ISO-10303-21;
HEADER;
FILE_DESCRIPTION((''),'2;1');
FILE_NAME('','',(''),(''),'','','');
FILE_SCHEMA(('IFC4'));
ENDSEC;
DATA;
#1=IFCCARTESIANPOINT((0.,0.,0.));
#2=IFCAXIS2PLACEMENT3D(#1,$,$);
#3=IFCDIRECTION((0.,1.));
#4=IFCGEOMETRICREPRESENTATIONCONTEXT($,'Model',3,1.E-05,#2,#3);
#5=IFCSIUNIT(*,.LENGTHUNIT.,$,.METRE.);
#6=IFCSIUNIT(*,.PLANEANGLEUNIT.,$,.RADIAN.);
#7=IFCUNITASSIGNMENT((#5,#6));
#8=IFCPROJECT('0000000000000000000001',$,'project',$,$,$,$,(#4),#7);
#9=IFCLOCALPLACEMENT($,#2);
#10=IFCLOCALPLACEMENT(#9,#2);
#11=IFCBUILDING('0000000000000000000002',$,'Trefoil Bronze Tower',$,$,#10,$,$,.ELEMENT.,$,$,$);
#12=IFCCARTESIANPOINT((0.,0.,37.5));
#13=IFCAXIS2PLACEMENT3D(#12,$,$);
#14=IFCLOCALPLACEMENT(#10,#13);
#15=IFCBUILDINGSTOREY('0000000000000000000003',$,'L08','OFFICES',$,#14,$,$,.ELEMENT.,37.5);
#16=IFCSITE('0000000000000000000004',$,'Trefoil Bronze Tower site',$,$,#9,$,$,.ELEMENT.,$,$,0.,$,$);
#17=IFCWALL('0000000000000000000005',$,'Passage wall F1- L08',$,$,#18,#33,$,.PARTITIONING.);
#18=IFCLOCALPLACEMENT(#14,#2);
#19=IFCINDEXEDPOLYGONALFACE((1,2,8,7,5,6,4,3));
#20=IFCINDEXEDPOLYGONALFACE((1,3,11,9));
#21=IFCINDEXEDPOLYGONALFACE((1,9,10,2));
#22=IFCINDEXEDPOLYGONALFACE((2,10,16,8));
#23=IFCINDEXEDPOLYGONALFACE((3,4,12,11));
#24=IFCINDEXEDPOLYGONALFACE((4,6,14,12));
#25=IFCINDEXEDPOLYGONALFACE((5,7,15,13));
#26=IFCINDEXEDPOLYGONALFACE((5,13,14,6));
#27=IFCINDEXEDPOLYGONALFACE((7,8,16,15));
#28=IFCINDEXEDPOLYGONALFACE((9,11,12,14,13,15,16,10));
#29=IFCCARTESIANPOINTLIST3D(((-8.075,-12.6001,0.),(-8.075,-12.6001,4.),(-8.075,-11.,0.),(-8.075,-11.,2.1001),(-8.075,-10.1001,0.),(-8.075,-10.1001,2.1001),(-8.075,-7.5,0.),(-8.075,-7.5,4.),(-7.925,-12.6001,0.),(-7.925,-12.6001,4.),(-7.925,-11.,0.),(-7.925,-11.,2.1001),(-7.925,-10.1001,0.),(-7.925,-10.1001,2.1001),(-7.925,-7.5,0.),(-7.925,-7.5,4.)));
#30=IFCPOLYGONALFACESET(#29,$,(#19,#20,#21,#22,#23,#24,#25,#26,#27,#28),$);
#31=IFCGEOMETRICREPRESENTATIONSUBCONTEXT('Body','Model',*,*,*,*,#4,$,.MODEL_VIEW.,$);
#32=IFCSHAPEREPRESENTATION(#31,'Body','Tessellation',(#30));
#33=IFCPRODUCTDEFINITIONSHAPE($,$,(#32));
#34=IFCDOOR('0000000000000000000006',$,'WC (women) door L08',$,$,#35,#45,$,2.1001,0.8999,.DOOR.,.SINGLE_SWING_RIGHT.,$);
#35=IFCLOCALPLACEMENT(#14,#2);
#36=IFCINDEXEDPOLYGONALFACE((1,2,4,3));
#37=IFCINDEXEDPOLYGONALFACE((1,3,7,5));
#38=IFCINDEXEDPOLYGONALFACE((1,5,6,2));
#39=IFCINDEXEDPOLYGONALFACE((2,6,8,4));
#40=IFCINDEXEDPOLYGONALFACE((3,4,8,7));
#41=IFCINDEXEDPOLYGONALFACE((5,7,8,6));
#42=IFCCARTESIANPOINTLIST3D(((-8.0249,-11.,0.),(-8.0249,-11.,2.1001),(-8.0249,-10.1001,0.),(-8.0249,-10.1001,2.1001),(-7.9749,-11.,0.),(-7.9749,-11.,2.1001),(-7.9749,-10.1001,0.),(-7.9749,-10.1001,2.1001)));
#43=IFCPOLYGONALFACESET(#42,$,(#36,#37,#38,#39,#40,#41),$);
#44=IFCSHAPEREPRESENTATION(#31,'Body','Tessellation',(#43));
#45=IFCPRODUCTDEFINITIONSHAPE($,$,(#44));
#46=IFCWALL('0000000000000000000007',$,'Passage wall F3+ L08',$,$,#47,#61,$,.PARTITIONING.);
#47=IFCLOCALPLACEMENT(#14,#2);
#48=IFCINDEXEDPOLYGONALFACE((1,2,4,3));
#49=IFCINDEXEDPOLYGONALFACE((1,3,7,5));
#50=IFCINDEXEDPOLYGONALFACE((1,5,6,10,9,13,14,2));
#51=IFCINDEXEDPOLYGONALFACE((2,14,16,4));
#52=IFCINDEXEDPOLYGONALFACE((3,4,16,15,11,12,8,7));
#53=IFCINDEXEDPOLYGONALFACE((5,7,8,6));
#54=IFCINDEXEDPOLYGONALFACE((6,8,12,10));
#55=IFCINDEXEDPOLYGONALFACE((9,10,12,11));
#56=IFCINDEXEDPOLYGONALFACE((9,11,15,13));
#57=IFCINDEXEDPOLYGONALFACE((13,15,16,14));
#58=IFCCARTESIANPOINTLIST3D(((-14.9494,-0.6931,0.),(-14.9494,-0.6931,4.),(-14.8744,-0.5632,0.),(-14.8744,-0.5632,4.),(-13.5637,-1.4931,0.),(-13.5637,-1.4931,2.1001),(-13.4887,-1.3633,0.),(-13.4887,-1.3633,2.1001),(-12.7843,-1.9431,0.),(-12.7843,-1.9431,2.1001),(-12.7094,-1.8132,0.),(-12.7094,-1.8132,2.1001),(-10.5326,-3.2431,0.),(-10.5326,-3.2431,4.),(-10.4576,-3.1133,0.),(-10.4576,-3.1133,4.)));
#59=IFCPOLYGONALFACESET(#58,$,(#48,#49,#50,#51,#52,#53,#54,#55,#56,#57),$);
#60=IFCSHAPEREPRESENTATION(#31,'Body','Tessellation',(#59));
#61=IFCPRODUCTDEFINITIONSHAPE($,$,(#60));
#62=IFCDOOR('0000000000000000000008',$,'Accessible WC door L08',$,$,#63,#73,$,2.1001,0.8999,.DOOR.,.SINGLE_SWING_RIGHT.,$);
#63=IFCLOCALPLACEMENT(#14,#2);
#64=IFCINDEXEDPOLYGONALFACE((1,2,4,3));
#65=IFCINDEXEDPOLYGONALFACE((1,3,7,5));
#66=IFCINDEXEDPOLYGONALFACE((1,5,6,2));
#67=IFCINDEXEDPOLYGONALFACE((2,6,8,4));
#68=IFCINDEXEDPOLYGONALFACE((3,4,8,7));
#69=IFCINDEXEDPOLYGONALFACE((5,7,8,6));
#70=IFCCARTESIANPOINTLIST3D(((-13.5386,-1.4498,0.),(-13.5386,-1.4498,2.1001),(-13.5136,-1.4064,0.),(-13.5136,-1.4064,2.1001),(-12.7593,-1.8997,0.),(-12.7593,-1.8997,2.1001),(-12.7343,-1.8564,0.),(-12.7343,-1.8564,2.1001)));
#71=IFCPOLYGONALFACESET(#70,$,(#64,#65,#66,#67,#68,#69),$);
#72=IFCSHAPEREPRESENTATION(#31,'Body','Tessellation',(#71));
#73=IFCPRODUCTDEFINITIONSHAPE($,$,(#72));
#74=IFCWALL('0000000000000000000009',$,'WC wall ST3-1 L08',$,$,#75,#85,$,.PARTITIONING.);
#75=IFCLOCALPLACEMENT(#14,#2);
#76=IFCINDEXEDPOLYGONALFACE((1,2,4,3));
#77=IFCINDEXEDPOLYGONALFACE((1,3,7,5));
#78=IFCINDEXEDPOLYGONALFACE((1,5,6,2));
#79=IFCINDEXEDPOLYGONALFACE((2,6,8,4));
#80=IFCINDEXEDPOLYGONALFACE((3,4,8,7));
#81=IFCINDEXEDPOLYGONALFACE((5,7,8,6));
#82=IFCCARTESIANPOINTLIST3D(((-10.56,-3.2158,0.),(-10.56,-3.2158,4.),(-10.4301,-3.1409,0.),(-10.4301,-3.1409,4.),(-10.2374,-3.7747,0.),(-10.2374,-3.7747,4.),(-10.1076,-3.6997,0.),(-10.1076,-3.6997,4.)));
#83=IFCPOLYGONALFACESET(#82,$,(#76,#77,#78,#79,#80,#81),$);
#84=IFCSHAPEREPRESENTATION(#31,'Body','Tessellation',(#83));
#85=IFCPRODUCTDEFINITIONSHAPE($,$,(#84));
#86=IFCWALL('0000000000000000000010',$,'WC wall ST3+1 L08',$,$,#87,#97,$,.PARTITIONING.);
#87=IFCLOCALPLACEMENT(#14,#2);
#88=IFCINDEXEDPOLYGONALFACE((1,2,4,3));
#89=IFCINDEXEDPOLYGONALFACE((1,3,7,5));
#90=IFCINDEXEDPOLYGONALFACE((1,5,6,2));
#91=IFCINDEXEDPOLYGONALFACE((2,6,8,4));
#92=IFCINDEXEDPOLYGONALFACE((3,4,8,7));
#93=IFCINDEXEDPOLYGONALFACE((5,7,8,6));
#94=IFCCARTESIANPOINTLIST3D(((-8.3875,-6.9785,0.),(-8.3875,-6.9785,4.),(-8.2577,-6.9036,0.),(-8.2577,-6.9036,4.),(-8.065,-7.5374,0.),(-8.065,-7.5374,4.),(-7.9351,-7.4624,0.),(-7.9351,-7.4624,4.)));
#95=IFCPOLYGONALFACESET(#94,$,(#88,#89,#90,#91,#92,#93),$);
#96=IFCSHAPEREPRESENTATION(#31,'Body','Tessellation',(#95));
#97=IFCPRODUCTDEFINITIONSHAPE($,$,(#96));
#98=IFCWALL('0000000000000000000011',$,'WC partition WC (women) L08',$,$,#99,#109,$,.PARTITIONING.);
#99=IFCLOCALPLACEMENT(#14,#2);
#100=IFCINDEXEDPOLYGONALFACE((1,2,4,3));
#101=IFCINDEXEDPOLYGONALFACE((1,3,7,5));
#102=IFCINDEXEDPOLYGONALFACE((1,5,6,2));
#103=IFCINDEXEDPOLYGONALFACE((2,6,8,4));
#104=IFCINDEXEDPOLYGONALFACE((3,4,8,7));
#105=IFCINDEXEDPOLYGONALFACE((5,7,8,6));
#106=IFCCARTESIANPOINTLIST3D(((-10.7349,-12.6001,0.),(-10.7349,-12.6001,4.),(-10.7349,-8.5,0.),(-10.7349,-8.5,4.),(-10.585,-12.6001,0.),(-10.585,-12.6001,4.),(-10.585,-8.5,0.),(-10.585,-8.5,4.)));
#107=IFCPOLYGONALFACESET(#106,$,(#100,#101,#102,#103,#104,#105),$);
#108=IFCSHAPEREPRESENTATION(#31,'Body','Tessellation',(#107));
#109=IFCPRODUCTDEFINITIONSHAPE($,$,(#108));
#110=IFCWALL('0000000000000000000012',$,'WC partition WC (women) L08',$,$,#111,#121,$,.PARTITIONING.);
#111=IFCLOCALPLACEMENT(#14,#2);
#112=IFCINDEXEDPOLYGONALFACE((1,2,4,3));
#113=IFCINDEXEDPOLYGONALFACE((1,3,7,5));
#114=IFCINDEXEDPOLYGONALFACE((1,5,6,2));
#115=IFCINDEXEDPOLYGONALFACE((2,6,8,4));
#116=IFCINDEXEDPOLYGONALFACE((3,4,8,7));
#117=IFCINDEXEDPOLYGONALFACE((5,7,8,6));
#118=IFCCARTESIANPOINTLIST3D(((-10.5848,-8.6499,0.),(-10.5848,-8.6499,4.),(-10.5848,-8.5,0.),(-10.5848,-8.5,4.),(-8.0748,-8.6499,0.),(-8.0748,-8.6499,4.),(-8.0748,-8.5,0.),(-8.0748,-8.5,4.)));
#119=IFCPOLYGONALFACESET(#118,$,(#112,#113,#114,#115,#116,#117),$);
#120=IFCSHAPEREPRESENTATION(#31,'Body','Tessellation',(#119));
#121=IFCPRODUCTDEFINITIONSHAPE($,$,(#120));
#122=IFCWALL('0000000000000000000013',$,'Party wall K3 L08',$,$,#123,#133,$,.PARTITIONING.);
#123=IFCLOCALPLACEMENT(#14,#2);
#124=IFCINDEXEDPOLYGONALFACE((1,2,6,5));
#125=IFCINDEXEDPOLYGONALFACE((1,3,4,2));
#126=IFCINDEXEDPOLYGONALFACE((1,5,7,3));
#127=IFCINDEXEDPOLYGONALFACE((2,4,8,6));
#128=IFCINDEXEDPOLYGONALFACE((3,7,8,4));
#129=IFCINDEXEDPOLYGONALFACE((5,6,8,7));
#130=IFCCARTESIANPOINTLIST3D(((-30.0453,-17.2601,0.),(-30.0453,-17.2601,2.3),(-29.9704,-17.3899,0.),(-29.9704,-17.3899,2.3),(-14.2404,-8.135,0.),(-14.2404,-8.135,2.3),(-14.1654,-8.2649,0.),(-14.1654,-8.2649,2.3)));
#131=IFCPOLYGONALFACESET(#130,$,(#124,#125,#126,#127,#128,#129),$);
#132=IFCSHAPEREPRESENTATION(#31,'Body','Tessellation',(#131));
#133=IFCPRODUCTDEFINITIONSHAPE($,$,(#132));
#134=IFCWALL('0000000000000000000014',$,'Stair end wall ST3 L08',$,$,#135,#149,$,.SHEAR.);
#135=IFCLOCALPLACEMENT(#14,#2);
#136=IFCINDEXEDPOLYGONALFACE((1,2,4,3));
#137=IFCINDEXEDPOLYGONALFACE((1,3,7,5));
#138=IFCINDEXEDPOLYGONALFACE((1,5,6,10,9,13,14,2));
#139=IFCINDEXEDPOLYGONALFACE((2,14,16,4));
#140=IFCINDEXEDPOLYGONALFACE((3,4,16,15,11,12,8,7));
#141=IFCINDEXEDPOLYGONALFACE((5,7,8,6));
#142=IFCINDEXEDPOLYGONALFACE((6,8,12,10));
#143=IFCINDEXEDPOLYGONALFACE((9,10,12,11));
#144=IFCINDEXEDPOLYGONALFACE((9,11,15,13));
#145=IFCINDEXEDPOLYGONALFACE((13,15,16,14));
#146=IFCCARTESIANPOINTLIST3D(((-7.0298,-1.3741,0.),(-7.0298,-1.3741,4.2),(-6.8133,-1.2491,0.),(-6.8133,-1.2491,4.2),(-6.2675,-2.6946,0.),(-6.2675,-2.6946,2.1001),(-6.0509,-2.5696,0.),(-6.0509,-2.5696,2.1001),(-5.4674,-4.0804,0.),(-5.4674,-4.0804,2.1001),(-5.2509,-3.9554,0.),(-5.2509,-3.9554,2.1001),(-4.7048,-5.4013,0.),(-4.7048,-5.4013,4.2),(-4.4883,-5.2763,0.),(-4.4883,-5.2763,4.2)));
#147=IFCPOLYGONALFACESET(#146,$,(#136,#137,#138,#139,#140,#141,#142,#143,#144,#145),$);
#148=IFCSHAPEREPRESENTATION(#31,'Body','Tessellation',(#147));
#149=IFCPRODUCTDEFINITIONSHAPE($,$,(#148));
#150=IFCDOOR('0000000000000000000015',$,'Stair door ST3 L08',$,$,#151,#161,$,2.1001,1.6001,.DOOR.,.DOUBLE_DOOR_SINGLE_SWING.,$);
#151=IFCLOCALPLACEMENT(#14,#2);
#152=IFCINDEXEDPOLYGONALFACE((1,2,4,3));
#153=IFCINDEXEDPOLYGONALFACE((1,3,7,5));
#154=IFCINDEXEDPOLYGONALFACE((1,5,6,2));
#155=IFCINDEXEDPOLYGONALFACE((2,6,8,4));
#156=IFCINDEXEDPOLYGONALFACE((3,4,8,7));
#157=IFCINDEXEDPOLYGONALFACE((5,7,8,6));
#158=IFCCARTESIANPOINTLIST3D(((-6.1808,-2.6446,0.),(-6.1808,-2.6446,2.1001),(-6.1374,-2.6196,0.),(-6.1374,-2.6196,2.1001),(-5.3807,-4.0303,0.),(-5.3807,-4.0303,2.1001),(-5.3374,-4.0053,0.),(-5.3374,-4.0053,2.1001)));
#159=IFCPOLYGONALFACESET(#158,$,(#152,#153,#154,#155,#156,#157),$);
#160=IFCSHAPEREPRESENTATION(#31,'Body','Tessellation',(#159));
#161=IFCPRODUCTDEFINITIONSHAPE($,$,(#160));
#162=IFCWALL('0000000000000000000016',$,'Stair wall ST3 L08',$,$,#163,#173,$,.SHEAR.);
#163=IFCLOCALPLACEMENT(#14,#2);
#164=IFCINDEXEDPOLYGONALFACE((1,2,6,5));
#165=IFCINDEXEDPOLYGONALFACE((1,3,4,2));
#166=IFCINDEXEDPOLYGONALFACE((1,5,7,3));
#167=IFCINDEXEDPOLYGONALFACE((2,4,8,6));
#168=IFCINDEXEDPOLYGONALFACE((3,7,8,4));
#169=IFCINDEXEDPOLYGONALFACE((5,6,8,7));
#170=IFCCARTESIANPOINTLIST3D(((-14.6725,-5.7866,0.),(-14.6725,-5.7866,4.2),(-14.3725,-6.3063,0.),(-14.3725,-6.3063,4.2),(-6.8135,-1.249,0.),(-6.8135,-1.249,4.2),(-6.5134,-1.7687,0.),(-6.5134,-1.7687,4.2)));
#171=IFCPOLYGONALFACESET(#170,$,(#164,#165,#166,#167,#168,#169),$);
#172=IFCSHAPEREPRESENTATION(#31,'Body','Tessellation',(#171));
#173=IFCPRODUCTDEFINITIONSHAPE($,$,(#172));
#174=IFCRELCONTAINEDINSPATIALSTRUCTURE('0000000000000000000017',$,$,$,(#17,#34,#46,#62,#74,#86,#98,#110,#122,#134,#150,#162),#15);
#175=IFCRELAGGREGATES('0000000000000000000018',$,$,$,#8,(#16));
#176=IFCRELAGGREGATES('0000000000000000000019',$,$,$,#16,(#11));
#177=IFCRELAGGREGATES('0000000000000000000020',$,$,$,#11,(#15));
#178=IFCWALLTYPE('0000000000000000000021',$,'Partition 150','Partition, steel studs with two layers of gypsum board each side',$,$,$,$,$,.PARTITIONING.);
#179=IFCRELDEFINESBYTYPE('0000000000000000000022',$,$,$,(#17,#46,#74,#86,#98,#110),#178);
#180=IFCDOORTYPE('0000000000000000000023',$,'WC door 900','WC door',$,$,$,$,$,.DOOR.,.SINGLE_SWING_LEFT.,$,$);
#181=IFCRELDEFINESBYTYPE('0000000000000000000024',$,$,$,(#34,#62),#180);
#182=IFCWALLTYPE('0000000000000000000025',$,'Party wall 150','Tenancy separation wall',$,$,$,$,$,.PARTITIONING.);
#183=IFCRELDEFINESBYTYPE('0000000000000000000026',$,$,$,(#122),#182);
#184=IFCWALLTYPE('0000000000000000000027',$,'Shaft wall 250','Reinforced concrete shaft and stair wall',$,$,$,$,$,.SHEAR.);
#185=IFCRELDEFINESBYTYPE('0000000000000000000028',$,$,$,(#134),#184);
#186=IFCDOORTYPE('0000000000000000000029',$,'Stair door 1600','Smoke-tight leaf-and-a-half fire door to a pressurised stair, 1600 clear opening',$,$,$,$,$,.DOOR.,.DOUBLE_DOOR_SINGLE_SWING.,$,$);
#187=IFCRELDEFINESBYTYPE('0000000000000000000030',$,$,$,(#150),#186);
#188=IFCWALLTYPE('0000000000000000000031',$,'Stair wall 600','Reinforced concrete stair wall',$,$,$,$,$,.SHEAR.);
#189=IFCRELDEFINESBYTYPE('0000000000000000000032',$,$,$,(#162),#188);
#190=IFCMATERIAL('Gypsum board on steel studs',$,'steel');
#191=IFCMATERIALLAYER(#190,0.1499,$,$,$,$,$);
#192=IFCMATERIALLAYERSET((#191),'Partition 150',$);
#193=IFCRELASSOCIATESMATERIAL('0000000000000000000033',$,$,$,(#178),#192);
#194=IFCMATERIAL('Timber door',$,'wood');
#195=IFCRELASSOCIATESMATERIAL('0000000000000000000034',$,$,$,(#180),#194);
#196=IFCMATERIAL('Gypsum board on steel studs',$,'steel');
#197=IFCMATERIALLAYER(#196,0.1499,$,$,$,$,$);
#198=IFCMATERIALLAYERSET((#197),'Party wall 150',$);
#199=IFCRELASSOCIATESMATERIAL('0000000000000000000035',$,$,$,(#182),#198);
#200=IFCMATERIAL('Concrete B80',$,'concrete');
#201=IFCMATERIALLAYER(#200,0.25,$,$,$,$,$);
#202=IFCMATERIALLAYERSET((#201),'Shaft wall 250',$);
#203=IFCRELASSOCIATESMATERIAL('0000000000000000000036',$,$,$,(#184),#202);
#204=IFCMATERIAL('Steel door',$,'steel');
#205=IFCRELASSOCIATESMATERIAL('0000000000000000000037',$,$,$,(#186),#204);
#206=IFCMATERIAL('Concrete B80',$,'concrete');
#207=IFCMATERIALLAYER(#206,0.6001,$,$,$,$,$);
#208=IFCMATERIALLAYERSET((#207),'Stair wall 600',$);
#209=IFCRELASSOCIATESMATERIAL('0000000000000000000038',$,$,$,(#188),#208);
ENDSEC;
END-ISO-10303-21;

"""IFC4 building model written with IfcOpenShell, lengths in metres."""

from ifc_helpers import new_model, si_unit, direction, frame, frame_2d, origin, place, context, subcontext, project, spatial, rectangle, extrude, material, layer, layer_set, type_object, element, fill, save


model = new_model("IFC4")

# Units and contexts
model_context = context("Model", 3, precision=1e-05, world=origin(), true_north=direction((0.0, 1.0)))
body_context = subcontext(model_context, "Body", "Model", "MODEL_VIEW")
ifc_project = project(units=[si_unit("LENGTHUNIT", "METRE"), si_unit("PLANEANGLEUNIT", "RADIAN")], contexts=[model_context])

# Site, building, storey
site_placement = place(None, origin())
site = spatial("IfcSite", under=ifc_project, at=site_placement, Name="Trefoil Bronze Tower site", CompositionType="ELEMENT", RefElevation=0.0)
building_placement = place(site_placement, origin())
building = spatial("IfcBuilding", under=site, at=building_placement, Name="Trefoil Bronze Tower", CompositionType="ELEMENT")
storey_placement = place(building_placement, frame((0.0, 0.0, 37.5)))
storey = spatial("IfcBuildingStorey", under=building, at=storey_placement, Name="L08", Description="OFFICES", CompositionType="ELEMENT", Elevation=37.5)

# Walls, openings, doors
ifc_material_1 = material(Name="Gypsum board on steel studs", Category="steel")
ifc_layer_1 = layer(ifc_material_1, 0.1499)
ifc_layer_set_1 = layer_set([ifc_layer_1], Name="Partition 150")
wall_type_1 = type_object("IfcWallType", Name="Partition 150", Description="Partition, steel studs with two layers of gypsum board each side", PredefinedType="PARTITIONING", material=ifc_layer_set_1)
wall_1_placement = place(storey_placement, frame((-8.0, -7.5, 0.0), z_axis=(0.0, 0.0, 1.0), x_axis=(0.0, -1.0, 0.0)))
wall_1 = element("IfcWall", 1, at=wall_1_placement, inside=storey, type_object=wall_type_1, Name="Passage wall F1- L08", PredefinedType="PARTITIONING", context=body_context, shape_type="SweptSolid", body=[
    extrude(rectangle(XDim=5.1001, YDim=0.1499, at=frame_2d((2.55, 0.0))), origin(), (0.0, 0.0, 1.0), 4.0),
])
opening_1_placement = place(wall_1_placement, frame((2.6001, 0.0, 0.0)))
opening_1 = element("IfcOpeningElement", 2, at=opening_1_placement, cuts=wall_1, PredefinedType="OPENING", context=body_context, shape_type="SweptSolid", body=[
    extrude(rectangle(XDim=0.8999, YDim=2.1001, at=frame_2d((0.45, 1.05))), frame((0.0, 0.085, 0.0), z_axis=(0.0, -1.0, 0.0), x_axis=(1.0, 0.0, 0.0)), (0.0, 0.0, 1.0), 0.1699),
])
ifc_material_2 = material(Name="Timber door", Category="wood")
door_type_1 = type_object("IfcDoorType", Name="WC door 900", Description="WC door", OperationType="SINGLE_SWING_LEFT", PredefinedType="DOOR", material=ifc_material_2)
door_1_placement = place(opening_1_placement, frame((0.8999, 0.0, 0.0), z_axis=(0.0, 0.0, 1.0), x_axis=(-1.0, 0.0, 0.0)))
door_1 = element("IfcDoor", 3, at=door_1_placement, inside=storey, type_object=door_type_1, Name="WC (women) door L08", OperationType="SINGLE_SWING_RIGHT", OverallHeight=2.1001, OverallWidth=0.8999, PredefinedType="DOOR", context=body_context, shape_type="SweptSolid", body=[
    extrude(rectangle(XDim=0.8999, YDim=2.1001, at=frame_2d((0.45, 1.05))), frame((0.0, 0.0249, 0.0), z_axis=(0.0, -1.0, 0.0), x_axis=(1.0, 0.0, 0.0)), (0.0, 0.0, 1.0), 0.05),
])
fill(opening_1, door_1)
wall_2_placement = place(storey_placement, frame((-10.4951, -3.1782, 0.0), z_axis=(0.0, 0.0, 1.0), x_axis=(-0.866022, 0.500006, 0.0)))
wall_2 = element("IfcWall", 4, at=wall_2_placement, inside=storey, type_object=wall_type_1, Name="Passage wall F3+ L08", PredefinedType="PARTITIONING", context=body_context, shape_type="SweptSolid", body=[
    extrude(rectangle(XDim=5.1001, YDim=0.1499, at=frame_2d((2.55, 0.0))), origin(), (0.0, 0.0, 1.0), 4.0),
])
opening_2_placement = place(wall_2_placement, frame((2.6001, 0.0, 0.0)))
opening_2 = element("IfcOpeningElement", 5, at=opening_2_placement, cuts=wall_2, PredefinedType="OPENING", context=body_context, shape_type="SweptSolid", body=[
    extrude(rectangle(XDim=0.8999, YDim=2.1001, at=frame_2d((0.45, 1.05))), frame((0.0, 0.085, 0.0), z_axis=(0.0, -1.0, 0.0), x_axis=(1.0, 0.0, 0.0)), (0.0, 0.0, 1.0), 0.1699),
])
door_2_placement = place(opening_2_placement, origin())
door_2 = element("IfcDoor", 6, at=door_2_placement, inside=storey, type_object=door_type_1, Name="Accessible WC door L08", OperationType="SINGLE_SWING_RIGHT", OverallHeight=2.1001, OverallWidth=0.8999, PredefinedType="DOOR", context=body_context, shape_type="SweptSolid", body=[
    extrude(rectangle(XDim=0.8999, YDim=2.1001, at=frame_2d((0.45, 1.05))), frame((0.0, 0.0249, 0.0), z_axis=(0.0, -1.0, 0.0), x_axis=(1.0, 0.0, 0.0)), (0.0, 0.0, 1.0), 0.05),
])
fill(opening_2, door_2)

# Walls
for number, where, z_axis, x_axis, name in (
    (7, (-10.4951, -3.1782, 0.0), (0.0, 0.0, 1.0), (0.499843, -0.866116, 0.0), "WC wall ST3-1 L08"),
    (8, (-8.0, -7.5, 0.0), (0.0, 0.0, 1.0), (-0.499843, 0.866116, 0.0), "WC wall ST3+1 L08"),
):
    element("IfcWall", number, at=place(storey_placement, frame(where, z_axis=z_axis, x_axis=x_axis)), inside=storey, type_object=wall_type_1, Name=name, PredefinedType="PARTITIONING", context=body_context, shape_type="SweptSolid", body=[
        extrude(rectangle(XDim=0.6453, YDim=0.1499, at=frame_2d((0.3228, 0.0))), origin(), (0.0, 0.0, 1.0), 4.0),
    ])
wall_3_placement = place(storey_placement, frame((-10.6599, -8.5, 0.0), z_axis=(0.0, 0.0, 1.0), x_axis=(0.0, -1.0, 0.0)))
element("IfcWall", 9, at=wall_3_placement, inside=storey, type_object=wall_type_1, Name="WC partition WC (women) L08", PredefinedType="PARTITIONING", context=body_context, shape_type="SweptSolid", body=[
    extrude(rectangle(XDim=4.1001, YDim=0.1499, at=frame_2d((2.05, 0.0))), origin(), (0.0, 0.0, 1.0), 4.0),
])
wall_4_placement = place(storey_placement, frame((-8.075, -8.575, 0.0), z_axis=(0.0, 0.0, 1.0), x_axis=(-1.0, 0.0, 0.0)))
element("IfcWall", 10, at=wall_4_placement, inside=storey, type_object=wall_type_1, Name="WC partition WC (women) L08", PredefinedType="PARTITIONING", context=body_context, shape_type="SweptSolid", body=[
    extrude(rectangle(XDim=2.51, YDim=0.1499, at=frame_2d((1.2549, 0.0))), origin(), (0.0, 0.0, 1.0), 4.0),
])
ifc_material_3 = material(Name="Gypsum board on steel studs", Category="steel")
ifc_layer_2 = layer(ifc_material_3, 0.1499)
ifc_layer_set_2 = layer_set([ifc_layer_2], Name="Party wall 150")
wall_type_2 = type_object("IfcWallType", Name="Party wall 150", Description="Tenancy separation wall", PredefinedType="PARTITIONING", material=ifc_layer_set_2)
wall_5_placement = place(storey_placement, frame((-14.2029, -8.2, 0.0), z_axis=(0.0, 0.0, 1.0), x_axis=(-0.866025, -0.500001, 0.0)))
element("IfcWall", 11, at=wall_5_placement, inside=storey, type_object=wall_type_2, Name="Party wall K3 L08", PredefinedType="PARTITIONING", context=body_context, shape_type="SweptSolid", body=[
    extrude(rectangle(XDim=18.25, YDim=0.1499, at=frame_2d((9.125, 0.0))), origin(), (0.0, 0.0, 1.0), 2.3),
])

# Wall, opening, door
ifc_material_4 = material(Name="Concrete B80", Category="concrete")
ifc_layer_3 = layer(ifc_material_4, 0.25)
ifc_layer_set_3 = layer_set([ifc_layer_3], Name="Shaft wall 250")
wall_type_3 = type_object("IfcWallType", Name="Shaft wall 250", Description="Reinforced concrete shaft and stair wall", PredefinedType="SHEAR", material=ifc_layer_set_3)
wall_6_placement = place(storey_placement, frame((-6.9216, -1.3115, 0.0), z_axis=(0.0, 0.0, 1.0), x_axis=(0.499985, -0.866034, 0.0)))
wall_6 = element("IfcWall", 12, at=wall_6_placement, inside=storey, type_object=wall_type_3, Name="Stair end wall ST3 L08", PredefinedType="SHEAR", context=body_context, shape_type="SweptSolid", body=[
    extrude(rectangle(XDim=4.6501, YDim=0.25, at=frame_2d((2.3252, 0.0))), origin(), (0.0, 0.0, 1.0), 4.2),
])
opening_3_placement = place(wall_6_placement, frame((1.5249, 0.0, 0.0)))
opening_3 = element("IfcOpeningElement", 13, at=opening_3_placement, cuts=wall_6, PredefinedType="OPENING", context=body_context, shape_type="SweptSolid", body=[
    extrude(rectangle(XDim=1.6001, YDim=2.1001, at=frame_2d((0.8, 1.05))), frame((0.0, 0.135, 0.0), z_axis=(0.0, -1.0, 0.0), x_axis=(1.0, 0.0, 0.0)), (0.0, 0.0, 1.0), 0.27),
])
ifc_material_5 = material(Name="Steel door", Category="steel")
door_type_2 = type_object("IfcDoorType", Name="Stair door 1600", Description="Smoke-tight leaf-and-a-half fire door to a pressurised stair, 1600 clear opening", OperationType="DOUBLE_DOOR_SINGLE_SWING", PredefinedType="DOOR", material=ifc_material_5)
door_3_placement = place(opening_3_placement, frame((1.6001, 0.0, 0.0), z_axis=(0.0, 0.0, 1.0), x_axis=(-1.0, 0.0, 0.0)))
door_3 = element("IfcDoor", 14, at=door_3_placement, inside=storey, type_object=door_type_2, Name="Stair door ST3 L08", OperationType="DOUBLE_DOOR_SINGLE_SWING", OverallHeight=2.1001, OverallWidth=1.6001, PredefinedType="DOOR", context=body_context, shape_type="SweptSolid", body=[
    extrude(rectangle(XDim=1.6001, YDim=2.1001, at=frame_2d((0.8, 1.05))), frame((0.0, 0.0249, 0.0), z_axis=(0.0, -1.0, 0.0), x_axis=(1.0, 0.0, 0.0)), (0.0, 0.0, 1.0), 0.05),
])
fill(opening_3, door_3)

# Wall
ifc_material_6 = material(Name="Concrete B80", Category="concrete")
ifc_layer_4 = layer(ifc_material_6, 0.6001)
ifc_layer_set_4 = layer_set([ifc_layer_4], Name="Stair wall 600")
wall_type_4 = type_object("IfcWallType", Name="Stair wall 600", Description="Reinforced concrete stair wall", PredefinedType="SHEAR", material=ifc_layer_set_4)
wall_7_placement = place(storey_placement, frame((-6.6633, -1.5088, 0.0), z_axis=(0.0, 0.0, 1.0), x_axis=(-0.866019, -0.50001, 0.0)))
element("IfcWall", 15, at=wall_7_placement, inside=storey, type_object=wall_type_4, Name="Stair wall ST3 L08", PredefinedType="SHEAR", context=body_context, shape_type="SweptSolid", body=[
    extrude(rectangle(XDim=9.075, YDim=0.6001, at=frame_2d((4.5376, 0.0))), origin(), (0.0, 0.0, 1.0), 4.2),
])

save(model, "model.ifc")
